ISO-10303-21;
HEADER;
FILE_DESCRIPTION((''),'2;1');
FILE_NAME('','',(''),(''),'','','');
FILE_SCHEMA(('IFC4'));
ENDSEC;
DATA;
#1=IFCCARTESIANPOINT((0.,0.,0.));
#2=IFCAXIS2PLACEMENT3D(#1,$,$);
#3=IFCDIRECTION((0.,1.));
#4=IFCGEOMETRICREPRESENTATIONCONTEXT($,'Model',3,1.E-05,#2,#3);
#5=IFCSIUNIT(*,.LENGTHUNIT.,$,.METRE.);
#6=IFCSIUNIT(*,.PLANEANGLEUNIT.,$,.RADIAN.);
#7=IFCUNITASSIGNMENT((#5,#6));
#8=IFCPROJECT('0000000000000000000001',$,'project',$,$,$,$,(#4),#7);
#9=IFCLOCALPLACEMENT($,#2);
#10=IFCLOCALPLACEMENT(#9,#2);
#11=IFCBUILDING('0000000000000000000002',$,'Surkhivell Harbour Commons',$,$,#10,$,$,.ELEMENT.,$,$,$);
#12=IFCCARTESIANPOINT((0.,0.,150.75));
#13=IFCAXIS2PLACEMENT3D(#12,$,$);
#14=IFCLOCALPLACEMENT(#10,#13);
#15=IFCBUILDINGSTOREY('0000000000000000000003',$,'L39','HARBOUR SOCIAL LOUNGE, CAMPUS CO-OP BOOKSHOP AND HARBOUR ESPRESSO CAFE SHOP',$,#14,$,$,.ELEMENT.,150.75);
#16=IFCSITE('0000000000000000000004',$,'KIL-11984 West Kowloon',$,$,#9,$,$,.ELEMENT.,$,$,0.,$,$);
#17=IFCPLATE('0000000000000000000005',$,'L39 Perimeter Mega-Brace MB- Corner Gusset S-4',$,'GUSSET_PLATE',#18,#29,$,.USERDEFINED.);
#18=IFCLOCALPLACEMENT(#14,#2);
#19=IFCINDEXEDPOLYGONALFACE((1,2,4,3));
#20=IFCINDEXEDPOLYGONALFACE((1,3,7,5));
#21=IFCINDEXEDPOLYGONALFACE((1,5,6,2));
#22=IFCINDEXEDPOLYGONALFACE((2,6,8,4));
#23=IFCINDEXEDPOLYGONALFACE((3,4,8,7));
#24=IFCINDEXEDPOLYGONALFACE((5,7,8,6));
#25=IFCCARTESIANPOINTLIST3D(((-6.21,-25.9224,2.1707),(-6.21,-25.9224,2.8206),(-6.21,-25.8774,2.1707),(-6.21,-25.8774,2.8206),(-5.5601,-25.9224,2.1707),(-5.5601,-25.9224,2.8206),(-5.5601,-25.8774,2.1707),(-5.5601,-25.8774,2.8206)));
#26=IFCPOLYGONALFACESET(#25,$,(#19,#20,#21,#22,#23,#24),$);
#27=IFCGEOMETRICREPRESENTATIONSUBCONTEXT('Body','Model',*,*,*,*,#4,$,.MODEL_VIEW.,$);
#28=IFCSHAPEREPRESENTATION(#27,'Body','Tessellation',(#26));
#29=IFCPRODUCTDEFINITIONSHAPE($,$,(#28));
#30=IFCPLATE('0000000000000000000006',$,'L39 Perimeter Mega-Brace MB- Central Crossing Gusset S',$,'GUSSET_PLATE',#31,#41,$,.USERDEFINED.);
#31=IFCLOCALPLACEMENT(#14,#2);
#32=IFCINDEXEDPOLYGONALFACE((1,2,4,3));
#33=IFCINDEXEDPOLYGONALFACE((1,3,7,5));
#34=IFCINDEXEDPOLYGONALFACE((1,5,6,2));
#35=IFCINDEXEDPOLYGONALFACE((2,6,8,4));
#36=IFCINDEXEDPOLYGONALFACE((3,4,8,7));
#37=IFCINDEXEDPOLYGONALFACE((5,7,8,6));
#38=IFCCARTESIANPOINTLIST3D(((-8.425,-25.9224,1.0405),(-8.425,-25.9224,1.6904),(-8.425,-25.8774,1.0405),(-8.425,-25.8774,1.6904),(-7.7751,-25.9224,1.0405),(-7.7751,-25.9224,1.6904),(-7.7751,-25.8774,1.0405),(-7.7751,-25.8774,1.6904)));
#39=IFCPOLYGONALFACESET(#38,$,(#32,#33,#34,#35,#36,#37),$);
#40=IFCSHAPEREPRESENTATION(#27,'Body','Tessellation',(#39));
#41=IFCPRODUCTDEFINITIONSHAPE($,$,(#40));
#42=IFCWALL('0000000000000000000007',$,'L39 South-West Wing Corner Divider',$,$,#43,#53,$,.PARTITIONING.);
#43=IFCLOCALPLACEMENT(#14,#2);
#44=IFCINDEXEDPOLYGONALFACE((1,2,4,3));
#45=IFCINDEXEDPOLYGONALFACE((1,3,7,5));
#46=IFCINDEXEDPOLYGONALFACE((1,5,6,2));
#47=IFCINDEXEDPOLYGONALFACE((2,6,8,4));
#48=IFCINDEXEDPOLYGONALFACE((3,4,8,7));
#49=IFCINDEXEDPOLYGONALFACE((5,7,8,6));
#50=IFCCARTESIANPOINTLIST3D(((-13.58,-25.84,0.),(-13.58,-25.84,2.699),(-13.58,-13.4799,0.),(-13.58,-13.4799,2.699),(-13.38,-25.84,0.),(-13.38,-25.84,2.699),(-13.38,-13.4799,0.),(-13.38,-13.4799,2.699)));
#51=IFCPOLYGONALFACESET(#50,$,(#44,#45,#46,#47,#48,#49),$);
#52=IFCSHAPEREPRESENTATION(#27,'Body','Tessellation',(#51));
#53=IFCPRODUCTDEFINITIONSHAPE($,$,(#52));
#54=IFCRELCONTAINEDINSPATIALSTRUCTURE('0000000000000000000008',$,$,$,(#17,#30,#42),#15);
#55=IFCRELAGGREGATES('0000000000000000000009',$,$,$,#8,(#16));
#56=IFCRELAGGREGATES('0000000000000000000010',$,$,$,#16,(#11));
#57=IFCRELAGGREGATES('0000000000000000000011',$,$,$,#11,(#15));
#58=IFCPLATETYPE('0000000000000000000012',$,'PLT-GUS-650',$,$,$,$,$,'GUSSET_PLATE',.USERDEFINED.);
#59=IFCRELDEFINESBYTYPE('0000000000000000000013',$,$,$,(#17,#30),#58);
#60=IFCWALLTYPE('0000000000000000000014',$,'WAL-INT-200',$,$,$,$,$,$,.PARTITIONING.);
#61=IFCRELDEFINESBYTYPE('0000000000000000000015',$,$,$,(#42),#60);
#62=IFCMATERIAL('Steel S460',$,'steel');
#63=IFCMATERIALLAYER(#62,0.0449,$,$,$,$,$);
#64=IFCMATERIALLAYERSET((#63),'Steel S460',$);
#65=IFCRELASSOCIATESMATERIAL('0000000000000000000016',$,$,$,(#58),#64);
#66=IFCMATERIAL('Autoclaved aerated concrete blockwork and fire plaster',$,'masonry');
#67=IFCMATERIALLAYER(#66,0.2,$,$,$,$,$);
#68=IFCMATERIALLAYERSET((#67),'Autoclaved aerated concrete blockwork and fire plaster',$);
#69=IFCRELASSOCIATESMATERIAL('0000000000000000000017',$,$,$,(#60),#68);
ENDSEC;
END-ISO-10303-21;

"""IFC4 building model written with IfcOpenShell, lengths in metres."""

from ifc_helpers import new_model, si_unit, direction, frame, frame_2d, origin, origin_2d, place, context, subcontext, project, spatial, rectangle, extrude, material, layer, layer_set, type_object, element, save


model = new_model("IFC4")

# Units and contexts
model_context = context("Model", 3, precision=1e-05, world=origin(), true_north=direction((0.0, 1.0)))
body_context = subcontext(model_context, "Body", "Model", "MODEL_VIEW")
ifc_project = project(units=[si_unit("LENGTHUNIT", "METRE"), si_unit("PLANEANGLEUNIT", "RADIAN")], contexts=[model_context])

# Site, building, storey
site_placement = place(None, origin())
site = spatial("IfcSite", under=ifc_project, at=site_placement, Name="KIL-11984 West Kowloon", CompositionType="ELEMENT", RefElevation=0.0)
building_placement = place(site_placement, origin())
building = spatial("IfcBuilding", under=site, at=building_placement, Name="Surkhivell Harbour Commons", CompositionType="ELEMENT")
storey_placement = place(building_placement, frame((0.0, 0.0, 150.75)))
storey = spatial("IfcBuildingStorey", under=building, at=storey_placement, Name="L39", Description="HARBOUR SOCIAL LOUNGE, CAMPUS CO-OP BOOKSHOP AND HARBOUR ESPRESSO CAFE SHOP", CompositionType="ELEMENT", Elevation=150.75)

# Shared definitions
ifc_material_1 = material(Name="Steel S460", Category="steel")

# Plates
ifc_layer_1 = layer(ifc_material_1, 0.0449)
ifc_layer_set_1 = layer_set([ifc_layer_1], Name="Steel S460")
plate_type_1 = type_object("IfcPlateType", Name="PLT-GUS-650", ElementType="GUSSET_PLATE", PredefinedType="USERDEFINED", material=ifc_layer_set_1)
for number, where, z_axis, x_axis, name in (
    (1, (-5.885, -25.8999, 2.1707), (0.0, 0.0, 1.0), (1.0, 0.0, 0.0), "L39 Perimeter Mega-Brace MB- Corner Gusset S-4"),
    (2, (-8.1001, -25.8999, 1.0405), (0.0, 0.0, 1.0), (1.0, 0.0, 0.0), "L39 Perimeter Mega-Brace MB- Central Crossing Gusset S"),
):
    element("IfcPlate", number, at=place(storey_placement, frame(where, z_axis=z_axis, x_axis=x_axis)), inside=storey, type_object=plate_type_1, Name=name, ObjectType="GUSSET_PLATE", PredefinedType="USERDEFINED", context=body_context, shape_type="SweptSolid", body=[
        extrude(rectangle(XDim=0.6499, YDim=0.0449, at=origin_2d()), origin(), (0.0, 0.0, 1.0), 0.6499),
    ])

# Wall
ifc_material_2 = material(Name="Autoclaved aerated concrete blockwork and fire plaster", Category="masonry")
ifc_layer_2 = layer(ifc_material_2, 0.2)
ifc_layer_set_2 = layer_set([ifc_layer_2], Name="Autoclaved aerated concrete blockwork and fire plaster")
wall_type = type_object("IfcWallType", Name="WAL-INT-200", PredefinedType="PARTITIONING", material=ifc_layer_set_2)
wall_placement = place(storey_placement, frame((-13.48, -25.8401, 0.0), z_axis=(0.0, 0.0, 1.0), x_axis=(0.0, 1.0, 0.0)))
element("IfcWall", 3, at=wall_placement, inside=storey, type_object=wall_type, Name="L39 South-West Wing Corner Divider", PredefinedType="PARTITIONING", context=body_context, shape_type="SweptSolid", body=[
    extrude(rectangle(XDim=12.3601, YDim=0.2, at=frame_2d((6.1802, 0.0))), origin(), (0.0, 0.0, 1.0), 2.699),
])

save(model, "model.ifc")
